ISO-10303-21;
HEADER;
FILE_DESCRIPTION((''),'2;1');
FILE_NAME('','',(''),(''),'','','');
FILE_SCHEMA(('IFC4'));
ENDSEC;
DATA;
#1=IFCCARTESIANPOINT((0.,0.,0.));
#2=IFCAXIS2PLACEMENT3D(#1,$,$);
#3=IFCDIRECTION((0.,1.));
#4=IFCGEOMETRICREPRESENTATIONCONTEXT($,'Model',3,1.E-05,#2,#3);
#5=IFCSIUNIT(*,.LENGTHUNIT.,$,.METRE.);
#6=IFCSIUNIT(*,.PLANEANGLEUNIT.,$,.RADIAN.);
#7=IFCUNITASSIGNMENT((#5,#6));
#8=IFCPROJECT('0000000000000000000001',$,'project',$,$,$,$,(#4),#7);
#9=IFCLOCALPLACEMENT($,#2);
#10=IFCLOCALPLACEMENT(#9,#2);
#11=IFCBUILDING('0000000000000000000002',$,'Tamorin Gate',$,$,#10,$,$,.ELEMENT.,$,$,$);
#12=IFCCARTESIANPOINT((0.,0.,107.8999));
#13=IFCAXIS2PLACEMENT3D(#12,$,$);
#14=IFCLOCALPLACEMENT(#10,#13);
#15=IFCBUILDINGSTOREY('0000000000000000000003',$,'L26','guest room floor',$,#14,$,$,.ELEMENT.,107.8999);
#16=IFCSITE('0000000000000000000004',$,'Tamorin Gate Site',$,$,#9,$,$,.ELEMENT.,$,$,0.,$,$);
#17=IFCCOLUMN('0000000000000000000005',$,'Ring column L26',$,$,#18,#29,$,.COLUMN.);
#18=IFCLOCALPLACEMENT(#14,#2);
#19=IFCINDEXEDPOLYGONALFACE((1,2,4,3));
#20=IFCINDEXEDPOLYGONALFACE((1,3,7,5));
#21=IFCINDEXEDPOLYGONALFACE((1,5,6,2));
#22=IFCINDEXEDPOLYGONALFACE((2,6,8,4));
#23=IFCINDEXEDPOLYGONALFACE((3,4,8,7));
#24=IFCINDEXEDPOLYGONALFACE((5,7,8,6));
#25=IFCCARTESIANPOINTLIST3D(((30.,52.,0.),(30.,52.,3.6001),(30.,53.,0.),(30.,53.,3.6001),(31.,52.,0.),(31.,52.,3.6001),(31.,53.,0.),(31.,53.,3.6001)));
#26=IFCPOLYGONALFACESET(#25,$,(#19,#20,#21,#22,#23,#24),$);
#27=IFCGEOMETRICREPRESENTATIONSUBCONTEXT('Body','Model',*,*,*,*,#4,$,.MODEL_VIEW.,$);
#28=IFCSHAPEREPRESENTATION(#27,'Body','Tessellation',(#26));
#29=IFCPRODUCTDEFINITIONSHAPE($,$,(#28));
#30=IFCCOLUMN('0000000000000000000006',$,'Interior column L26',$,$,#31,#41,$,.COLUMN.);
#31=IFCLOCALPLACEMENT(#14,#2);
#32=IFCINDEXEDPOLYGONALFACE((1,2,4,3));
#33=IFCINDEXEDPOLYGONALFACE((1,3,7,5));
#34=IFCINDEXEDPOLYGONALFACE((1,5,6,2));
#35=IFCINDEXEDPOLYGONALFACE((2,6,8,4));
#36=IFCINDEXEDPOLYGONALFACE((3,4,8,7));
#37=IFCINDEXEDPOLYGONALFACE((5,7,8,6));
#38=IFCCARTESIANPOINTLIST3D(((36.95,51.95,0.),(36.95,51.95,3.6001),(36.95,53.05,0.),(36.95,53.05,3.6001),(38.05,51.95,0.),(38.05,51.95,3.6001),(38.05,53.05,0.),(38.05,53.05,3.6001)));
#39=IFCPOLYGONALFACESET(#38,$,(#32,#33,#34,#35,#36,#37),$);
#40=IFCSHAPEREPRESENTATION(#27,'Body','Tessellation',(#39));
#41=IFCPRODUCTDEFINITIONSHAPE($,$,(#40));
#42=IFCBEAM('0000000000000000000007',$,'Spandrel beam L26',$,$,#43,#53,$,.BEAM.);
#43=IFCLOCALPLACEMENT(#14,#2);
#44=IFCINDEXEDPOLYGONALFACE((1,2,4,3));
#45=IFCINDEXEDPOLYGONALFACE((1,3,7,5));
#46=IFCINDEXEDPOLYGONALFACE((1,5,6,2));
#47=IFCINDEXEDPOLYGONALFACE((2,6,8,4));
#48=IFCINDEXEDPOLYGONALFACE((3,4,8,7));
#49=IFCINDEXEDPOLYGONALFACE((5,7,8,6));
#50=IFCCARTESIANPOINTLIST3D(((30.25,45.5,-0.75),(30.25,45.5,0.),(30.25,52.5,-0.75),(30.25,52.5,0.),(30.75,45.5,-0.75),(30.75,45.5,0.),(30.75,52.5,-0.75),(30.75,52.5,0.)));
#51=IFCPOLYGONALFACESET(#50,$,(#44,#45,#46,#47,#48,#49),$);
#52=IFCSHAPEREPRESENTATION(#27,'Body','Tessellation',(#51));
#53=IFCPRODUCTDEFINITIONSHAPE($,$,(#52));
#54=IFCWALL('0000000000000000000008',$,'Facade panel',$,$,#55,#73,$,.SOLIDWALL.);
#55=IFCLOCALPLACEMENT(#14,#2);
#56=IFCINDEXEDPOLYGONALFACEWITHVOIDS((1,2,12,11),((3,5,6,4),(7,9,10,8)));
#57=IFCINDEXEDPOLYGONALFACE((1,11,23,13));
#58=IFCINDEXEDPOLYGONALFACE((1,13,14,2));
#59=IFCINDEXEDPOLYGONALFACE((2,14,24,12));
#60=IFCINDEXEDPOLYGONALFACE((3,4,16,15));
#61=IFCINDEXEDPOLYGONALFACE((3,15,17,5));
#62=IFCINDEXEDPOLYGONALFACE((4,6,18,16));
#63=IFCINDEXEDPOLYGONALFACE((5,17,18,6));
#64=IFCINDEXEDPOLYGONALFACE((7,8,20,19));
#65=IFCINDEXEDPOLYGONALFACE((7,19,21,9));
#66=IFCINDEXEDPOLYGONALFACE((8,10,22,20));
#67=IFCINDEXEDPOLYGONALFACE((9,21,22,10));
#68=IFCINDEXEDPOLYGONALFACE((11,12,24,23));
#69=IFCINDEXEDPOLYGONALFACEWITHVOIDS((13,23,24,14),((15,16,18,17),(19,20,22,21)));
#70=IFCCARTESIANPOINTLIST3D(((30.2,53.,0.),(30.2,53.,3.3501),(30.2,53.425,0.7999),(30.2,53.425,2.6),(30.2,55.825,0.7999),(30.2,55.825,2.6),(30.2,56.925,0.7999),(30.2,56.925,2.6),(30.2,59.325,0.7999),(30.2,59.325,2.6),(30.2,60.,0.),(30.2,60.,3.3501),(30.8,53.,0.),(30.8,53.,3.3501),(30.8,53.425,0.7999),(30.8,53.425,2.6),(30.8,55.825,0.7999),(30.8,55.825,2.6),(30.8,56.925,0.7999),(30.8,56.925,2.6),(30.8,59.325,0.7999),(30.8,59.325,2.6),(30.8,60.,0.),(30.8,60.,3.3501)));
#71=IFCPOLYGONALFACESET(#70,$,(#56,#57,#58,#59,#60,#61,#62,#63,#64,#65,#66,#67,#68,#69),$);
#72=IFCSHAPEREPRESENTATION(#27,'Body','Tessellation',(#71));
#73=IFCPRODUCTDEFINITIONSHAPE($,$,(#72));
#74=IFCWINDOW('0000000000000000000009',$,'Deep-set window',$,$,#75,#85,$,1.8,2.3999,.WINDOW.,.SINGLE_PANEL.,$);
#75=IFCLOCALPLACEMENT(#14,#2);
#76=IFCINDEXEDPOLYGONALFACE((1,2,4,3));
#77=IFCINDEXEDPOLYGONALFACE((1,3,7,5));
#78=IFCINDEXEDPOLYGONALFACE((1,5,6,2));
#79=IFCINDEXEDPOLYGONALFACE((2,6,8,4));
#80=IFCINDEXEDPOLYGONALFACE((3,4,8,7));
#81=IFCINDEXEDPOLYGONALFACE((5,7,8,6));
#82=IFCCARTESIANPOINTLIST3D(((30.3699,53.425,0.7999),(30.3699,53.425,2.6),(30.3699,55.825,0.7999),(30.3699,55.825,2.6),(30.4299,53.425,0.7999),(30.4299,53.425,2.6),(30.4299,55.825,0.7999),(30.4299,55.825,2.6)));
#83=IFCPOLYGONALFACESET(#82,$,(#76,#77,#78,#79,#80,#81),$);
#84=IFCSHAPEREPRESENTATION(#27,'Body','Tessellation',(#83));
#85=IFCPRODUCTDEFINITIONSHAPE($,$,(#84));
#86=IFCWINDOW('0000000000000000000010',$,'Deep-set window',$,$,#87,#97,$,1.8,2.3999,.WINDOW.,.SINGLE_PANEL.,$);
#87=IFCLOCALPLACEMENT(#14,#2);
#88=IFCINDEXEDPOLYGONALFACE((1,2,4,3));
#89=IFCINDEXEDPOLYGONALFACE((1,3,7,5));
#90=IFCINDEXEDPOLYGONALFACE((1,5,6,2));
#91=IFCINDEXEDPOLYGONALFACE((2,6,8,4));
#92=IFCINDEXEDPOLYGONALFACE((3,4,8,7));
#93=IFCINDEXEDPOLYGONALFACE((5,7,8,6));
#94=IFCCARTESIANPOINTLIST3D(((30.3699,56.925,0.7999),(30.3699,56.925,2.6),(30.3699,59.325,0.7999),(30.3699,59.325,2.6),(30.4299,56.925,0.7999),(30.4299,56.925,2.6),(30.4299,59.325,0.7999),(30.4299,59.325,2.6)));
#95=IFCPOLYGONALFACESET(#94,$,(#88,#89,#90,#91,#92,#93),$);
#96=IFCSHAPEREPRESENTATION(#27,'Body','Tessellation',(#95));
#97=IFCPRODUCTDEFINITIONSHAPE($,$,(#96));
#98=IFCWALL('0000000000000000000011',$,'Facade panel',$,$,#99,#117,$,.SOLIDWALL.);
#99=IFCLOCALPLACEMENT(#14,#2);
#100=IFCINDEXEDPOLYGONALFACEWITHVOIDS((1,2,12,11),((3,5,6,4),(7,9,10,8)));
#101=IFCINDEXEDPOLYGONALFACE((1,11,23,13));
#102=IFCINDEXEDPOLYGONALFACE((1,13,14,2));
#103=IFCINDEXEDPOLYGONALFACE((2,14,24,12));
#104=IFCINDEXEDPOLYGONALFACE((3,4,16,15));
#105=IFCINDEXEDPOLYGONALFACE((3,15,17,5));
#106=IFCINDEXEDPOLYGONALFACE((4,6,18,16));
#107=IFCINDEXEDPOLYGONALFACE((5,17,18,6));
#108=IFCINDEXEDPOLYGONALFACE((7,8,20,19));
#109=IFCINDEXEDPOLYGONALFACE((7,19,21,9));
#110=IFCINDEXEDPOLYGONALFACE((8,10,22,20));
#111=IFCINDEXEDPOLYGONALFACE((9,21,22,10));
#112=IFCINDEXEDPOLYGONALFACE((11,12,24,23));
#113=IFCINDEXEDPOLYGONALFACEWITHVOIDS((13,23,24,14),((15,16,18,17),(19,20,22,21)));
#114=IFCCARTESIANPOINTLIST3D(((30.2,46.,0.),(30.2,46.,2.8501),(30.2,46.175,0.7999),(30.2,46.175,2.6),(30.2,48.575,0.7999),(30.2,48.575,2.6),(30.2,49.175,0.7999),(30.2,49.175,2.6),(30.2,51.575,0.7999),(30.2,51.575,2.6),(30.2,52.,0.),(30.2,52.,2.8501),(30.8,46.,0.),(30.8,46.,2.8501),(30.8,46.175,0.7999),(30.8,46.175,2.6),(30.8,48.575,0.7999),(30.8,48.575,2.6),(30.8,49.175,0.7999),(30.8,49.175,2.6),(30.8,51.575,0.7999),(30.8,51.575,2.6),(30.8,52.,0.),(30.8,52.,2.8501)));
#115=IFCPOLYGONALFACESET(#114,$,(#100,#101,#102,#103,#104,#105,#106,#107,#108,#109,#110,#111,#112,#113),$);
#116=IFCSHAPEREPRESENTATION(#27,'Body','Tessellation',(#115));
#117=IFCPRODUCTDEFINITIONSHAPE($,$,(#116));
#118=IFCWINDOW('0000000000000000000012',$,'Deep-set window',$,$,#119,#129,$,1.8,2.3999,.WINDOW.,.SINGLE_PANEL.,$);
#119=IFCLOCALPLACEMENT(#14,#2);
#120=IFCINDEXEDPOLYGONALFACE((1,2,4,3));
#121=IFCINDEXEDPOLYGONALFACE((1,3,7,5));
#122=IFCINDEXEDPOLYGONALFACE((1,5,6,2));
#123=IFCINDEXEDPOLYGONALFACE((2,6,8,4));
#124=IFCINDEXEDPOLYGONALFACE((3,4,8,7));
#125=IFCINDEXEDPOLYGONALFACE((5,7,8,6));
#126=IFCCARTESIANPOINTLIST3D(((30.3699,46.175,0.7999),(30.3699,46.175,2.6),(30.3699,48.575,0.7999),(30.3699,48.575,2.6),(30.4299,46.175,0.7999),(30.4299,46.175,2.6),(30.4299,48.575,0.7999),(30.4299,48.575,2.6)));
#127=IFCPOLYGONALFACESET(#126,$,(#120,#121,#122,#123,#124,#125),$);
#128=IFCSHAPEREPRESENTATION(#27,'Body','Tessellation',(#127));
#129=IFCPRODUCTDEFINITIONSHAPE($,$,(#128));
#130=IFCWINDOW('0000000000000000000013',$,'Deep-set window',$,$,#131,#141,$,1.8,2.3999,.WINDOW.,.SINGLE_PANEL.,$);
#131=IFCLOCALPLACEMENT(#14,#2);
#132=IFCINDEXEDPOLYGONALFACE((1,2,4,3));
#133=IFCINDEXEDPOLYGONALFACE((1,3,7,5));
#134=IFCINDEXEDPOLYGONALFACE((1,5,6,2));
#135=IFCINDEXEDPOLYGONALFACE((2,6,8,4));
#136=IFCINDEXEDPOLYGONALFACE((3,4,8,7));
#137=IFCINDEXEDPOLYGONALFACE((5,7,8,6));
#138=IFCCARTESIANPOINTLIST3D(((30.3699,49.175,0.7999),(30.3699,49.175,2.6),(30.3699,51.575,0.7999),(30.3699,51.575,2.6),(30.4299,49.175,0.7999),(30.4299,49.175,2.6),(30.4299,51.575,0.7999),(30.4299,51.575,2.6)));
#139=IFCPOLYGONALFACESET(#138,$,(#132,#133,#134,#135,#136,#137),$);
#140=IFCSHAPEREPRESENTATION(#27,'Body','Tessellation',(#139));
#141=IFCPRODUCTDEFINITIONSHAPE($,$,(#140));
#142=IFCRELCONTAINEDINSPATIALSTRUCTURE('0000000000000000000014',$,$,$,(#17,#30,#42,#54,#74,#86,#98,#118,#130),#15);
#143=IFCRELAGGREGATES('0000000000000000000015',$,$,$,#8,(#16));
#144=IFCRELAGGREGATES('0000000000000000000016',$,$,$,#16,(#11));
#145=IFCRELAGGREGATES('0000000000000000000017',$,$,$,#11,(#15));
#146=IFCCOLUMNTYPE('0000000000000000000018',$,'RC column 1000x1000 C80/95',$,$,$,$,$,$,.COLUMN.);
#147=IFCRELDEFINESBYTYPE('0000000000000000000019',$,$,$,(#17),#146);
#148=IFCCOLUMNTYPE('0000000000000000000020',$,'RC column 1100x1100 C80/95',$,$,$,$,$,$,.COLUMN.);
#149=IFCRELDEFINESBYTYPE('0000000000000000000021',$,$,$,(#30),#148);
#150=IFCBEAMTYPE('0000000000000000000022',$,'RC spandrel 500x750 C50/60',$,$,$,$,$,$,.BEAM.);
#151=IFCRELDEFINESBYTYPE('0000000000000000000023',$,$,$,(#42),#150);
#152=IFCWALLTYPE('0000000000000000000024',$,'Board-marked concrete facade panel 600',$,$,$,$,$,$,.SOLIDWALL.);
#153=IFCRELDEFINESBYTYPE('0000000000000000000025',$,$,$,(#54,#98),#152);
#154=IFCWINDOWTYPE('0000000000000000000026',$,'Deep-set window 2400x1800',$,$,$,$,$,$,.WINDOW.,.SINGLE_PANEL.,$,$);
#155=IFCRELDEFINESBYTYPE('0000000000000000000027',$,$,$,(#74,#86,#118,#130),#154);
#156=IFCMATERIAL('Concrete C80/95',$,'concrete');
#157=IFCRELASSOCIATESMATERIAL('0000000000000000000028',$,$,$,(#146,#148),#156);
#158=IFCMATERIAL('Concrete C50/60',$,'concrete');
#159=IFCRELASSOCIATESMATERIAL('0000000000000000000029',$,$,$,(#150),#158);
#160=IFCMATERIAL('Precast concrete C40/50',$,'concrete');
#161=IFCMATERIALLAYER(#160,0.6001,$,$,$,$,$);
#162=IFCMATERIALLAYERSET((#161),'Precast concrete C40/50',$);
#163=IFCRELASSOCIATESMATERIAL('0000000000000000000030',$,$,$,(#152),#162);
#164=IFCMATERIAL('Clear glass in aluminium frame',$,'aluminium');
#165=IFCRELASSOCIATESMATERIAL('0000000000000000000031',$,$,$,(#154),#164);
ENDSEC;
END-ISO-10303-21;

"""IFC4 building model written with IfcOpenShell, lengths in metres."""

from ifc_helpers import new_model, si_unit, direction, frame, frame_2d, origin, origin_2d, place, context, subcontext, project, spatial, rectangle, extrude, material, layer, layer_set, material_profile, profile_set, type_object, element, fill, save


model = new_model("IFC4")

# Units and contexts
model_context = context("Model", 3, precision=1e-05, world=origin(), true_north=direction((0.0, 1.0)))
body_context = subcontext(model_context, "Body", "Model", "MODEL_VIEW")
ifc_project = project(units=[si_unit("LENGTHUNIT", "METRE"), si_unit("PLANEANGLEUNIT", "RADIAN")], contexts=[model_context])

# Site, building, storey
site_placement = place(None, origin())
site = spatial("IfcSite", under=ifc_project, at=site_placement, Name="Tamorin Gate Site", CompositionType="ELEMENT", RefElevation=0.0)
building_placement = place(site_placement, origin())
building = spatial("IfcBuilding", under=site, at=building_placement, Name="Tamorin Gate", CompositionType="ELEMENT")
storey_placement = place(building_placement, frame((0.0, 0.0, 107.8999)))
storey = spatial("IfcBuildingStorey", under=building, at=storey_placement, Name="L26", Description="guest room floor", CompositionType="ELEMENT", Elevation=107.8999)

# Columns
ifc_material_1 = material(Name="Concrete C80/95", Category="concrete")
ifc_material_profile_1 = material_profile(ifc_material_1, rectangle(XDim=1.0, YDim=1.0, at=origin_2d()), Name="RC 1000x1000")
ifc_profile_set_1 = profile_set([ifc_material_profile_1], Name="Concrete C80/95")
column_type_1 = type_object("IfcColumnType", Name="RC column 1000x1000 C80/95", PredefinedType="COLUMN", material=ifc_profile_set_1)
column_1_placement = place(storey_placement, frame((30.5, 52.5, 0.0), z_axis=(0.0, 0.0, 1.0), x_axis=(1.0, 0.0, 0.0)))
element("IfcColumn", 1, at=column_1_placement, inside=storey, type_object=column_type_1, Name="Ring column L26", PredefinedType="COLUMN", context=body_context, shape_type="SweptSolid", body=[
    extrude(rectangle(XDim=1.0, YDim=1.0, at=origin_2d()), origin(), (0.0, 0.0, 1.0), 3.6001),
])
ifc_material_profile_2 = material_profile(ifc_material_1, rectangle(XDim=1.1001, YDim=1.1001, at=origin_2d()), Name="RC 1100x1100")
ifc_profile_set_2 = profile_set([ifc_material_profile_2], Name="Concrete C80/95")
column_type_2 = type_object("IfcColumnType", Name="RC column 1100x1100 C80/95", PredefinedType="COLUMN", material=ifc_profile_set_2)
column_2_placement = place(storey_placement, frame((37.5, 52.5, 0.0), z_axis=(0.0, 0.0, 1.0), x_axis=(1.0, 0.0, 0.0)))
element("IfcColumn", 2, at=column_2_placement, inside=storey, type_object=column_type_2, Name="Interior column L26", PredefinedType="COLUMN", context=body_context, shape_type="SweptSolid", body=[
    extrude(rectangle(XDim=1.1001, YDim=1.1001, at=origin_2d()), origin(), (0.0, 0.0, 1.0), 3.6001),
])

# Beam
ifc_material_2 = material(Name="Concrete C50/60", Category="concrete")
ifc_material_profile_3 = material_profile(ifc_material_2, rectangle(XDim=0.5, YDim=0.75, at=origin_2d()), Name="RC 500x750")
ifc_profile_set_3 = profile_set([ifc_material_profile_3], Name="Concrete C50/60")
beam_type = type_object("IfcBeamType", Name="RC spandrel 500x750 C50/60", PredefinedType="BEAM", material=ifc_profile_set_3)
beam_placement = place(storey_placement, frame((30.5, 52.5, -0.375), z_axis=(0.0, -1.0, 0.0), x_axis=(1.0, 0.0, 0.0)))
element("IfcBeam", 3, at=beam_placement, inside=storey, type_object=beam_type, Name="Spandrel beam L26", PredefinedType="BEAM", context=body_context, shape_type="SweptSolid", body=[
    extrude(rectangle(XDim=0.5, YDim=0.75, at=origin_2d()), origin(), (0.0, 0.0, 1.0), 7.0),
])

# Walls, openings, windows
ifc_material_3 = material(Name="Precast concrete C40/50", Category="concrete")
ifc_layer_1 = layer(ifc_material_3, 0.6001)
ifc_layer_set_1 = layer_set([ifc_layer_1], Name="Precast concrete C40/50")
wall_type_1 = type_object("IfcWallType", Name="Board-marked concrete facade panel 600", PredefinedType="SOLIDWALL", material=ifc_layer_set_1)
wall_1_placement = place(storey_placement, frame((30.5, 60.0, 0.0), z_axis=(0.0, 0.0, 1.0), x_axis=(0.0, -1.0, 0.0)))
wall_1 = element("IfcWall", 4, at=wall_1_placement, inside=storey, type_object=wall_type_1, Name="Facade panel", PredefinedType="SOLIDWALL", context=body_context, shape_type="SweptSolid", body=[
    extrude(rectangle(XDim=7.0, YDim=0.6001, at=frame_2d((3.5, 0.0))), origin(), (0.0, 0.0, 1.0), 3.3501),
])
opening_1_placement = place(wall_1_placement, frame((4.175, 0.0, 0.8)))
opening_1 = element("IfcOpeningElement", 5, at=opening_1_placement, cuts=wall_1, PredefinedType="OPENING", context=body_context, shape_type="SweptSolid", body=[
    extrude(rectangle(XDim=2.3999, YDim=1.8, at=frame_2d((1.2, 0.8999))), frame((0.0, 0.3101, 0.0), z_axis=(0.0, -1.0, 0.0), x_axis=(1.0, 0.0, 0.0)), (0.0, 0.0, 1.0), 0.6201),
])
opening_2_placement = place(wall_1_placement, frame((0.675, 0.0, 0.8)))
opening_2 = element("IfcOpeningElement", 6, at=opening_2_placement, cuts=wall_1, PredefinedType="OPENING", context=body_context, shape_type="SweptSolid", body=[
    extrude(rectangle(XDim=2.3999, YDim=1.8, at=frame_2d((1.2, 0.8999))), frame((0.0, 0.3101, 0.0), z_axis=(0.0, -1.0, 0.0), x_axis=(1.0, 0.0, 0.0)), (0.0, 0.0, 1.0), 0.6201),
])
ifc_material_4 = material(Name="Clear glass in aluminium frame", Category="aluminium")
window_type = type_object("IfcWindowType", Name="Deep-set window 2400x1800", PartitioningType="SINGLE_PANEL", PredefinedType="WINDOW", material=ifc_material_4)
window_1_placement = place(opening_1_placement, origin())
window_1 = element("IfcWindow", 7, at=window_1_placement, inside=storey, type_object=window_type, Name="Deep-set window", OverallHeight=1.8, OverallWidth=2.3999, PartitioningType="SINGLE_PANEL", PredefinedType="WINDOW", context=body_context, shape_type="SweptSolid", body=[
    extrude(rectangle(XDim=2.3999, YDim=1.8, at=frame_2d((1.2, 0.8999))), frame((0.0, -0.0701, 0.0), z_axis=(0.0, -1.0, 0.0), x_axis=(1.0, 0.0, 0.0)), (0.0, 0.0, 1.0), 0.0601),
])
fill(opening_1, window_1)
window_2_placement = place(opening_2_placement, origin())
window_2 = element("IfcWindow", 8, at=window_2_placement, inside=storey, type_object=window_type, Name="Deep-set window", OverallHeight=1.8, OverallWidth=2.3999, PartitioningType="SINGLE_PANEL", PredefinedType="WINDOW", context=body_context, shape_type="SweptSolid", body=[
    extrude(rectangle(XDim=2.3999, YDim=1.8, at=frame_2d((1.2, 0.8999))), frame((0.0, -0.0701, 0.0), z_axis=(0.0, -1.0, 0.0), x_axis=(1.0, 0.0, 0.0)), (0.0, 0.0, 1.0), 0.0601),
])
fill(opening_2, window_2)
wall_2_placement = place(storey_placement, frame((30.5, 52.0, 0.0), z_axis=(0.0, 0.0, 1.0), x_axis=(0.0, -1.0, 0.0)))
wall_2 = element("IfcWall", 9, at=wall_2_placement, inside=storey, type_object=wall_type_1, Name="Facade panel", PredefinedType="SOLIDWALL", context=body_context, shape_type="SweptSolid", body=[
    extrude(rectangle(XDim=6.0, YDim=0.6001, at=frame_2d((3.0, 0.0))), origin(), (0.0, 0.0, 1.0), 2.8501),
])
opening_3_placement = place(wall_2_placement, frame((3.425, 0.0, 0.8)))
opening_3 = element("IfcOpeningElement", 10, at=opening_3_placement, cuts=wall_2, PredefinedType="OPENING", context=body_context, shape_type="SweptSolid", body=[
    extrude(rectangle(XDim=2.3999, YDim=1.8, at=frame_2d((1.2, 0.8999))), frame((0.0, 0.3101, 0.0), z_axis=(0.0, -1.0, 0.0), x_axis=(1.0, 0.0, 0.0)), (0.0, 0.0, 1.0), 0.6201),
])
opening_4_placement = place(wall_2_placement, frame((0.425, 0.0, 0.8)))
opening_4 = element("IfcOpeningElement", 11, at=opening_4_placement, cuts=wall_2, PredefinedType="OPENING", context=body_context, shape_type="SweptSolid", body=[
    extrude(rectangle(XDim=2.3999, YDim=1.8, at=frame_2d((1.2, 0.8999))), frame((0.0, 0.3101, 0.0), z_axis=(0.0, -1.0, 0.0), x_axis=(1.0, 0.0, 0.0)), (0.0, 0.0, 1.0), 0.6201),
])
window_3_placement = place(opening_3_placement, origin())
window_3 = element("IfcWindow", 12, at=window_3_placement, inside=storey, type_object=window_type, Name="Deep-set window", OverallHeight=1.8, OverallWidth=2.3999, PartitioningType="SINGLE_PANEL", PredefinedType="WINDOW", context=body_context, shape_type="SweptSolid", body=[
    extrude(rectangle(XDim=2.3999, YDim=1.8, at=frame_2d((1.2, 0.8999))), frame((0.0, -0.0701, 0.0), z_axis=(0.0, -1.0, 0.0), x_axis=(1.0, 0.0, 0.0)), (0.0, 0.0, 1.0), 0.0601),
])
fill(opening_3, window_3)
window_4_placement = place(opening_4_placement, origin())
window_4 = element("IfcWindow", 13, at=window_4_placement, inside=storey, type_object=window_type, Name="Deep-set window", OverallHeight=1.8, OverallWidth=2.3999, PartitioningType="SINGLE_PANEL", PredefinedType="WINDOW", context=body_context, shape_type="SweptSolid", body=[
    extrude(rectangle(XDim=2.3999, YDim=1.8, at=frame_2d((1.2, 0.8999))), frame((0.0, -0.0701, 0.0), z_axis=(0.0, -1.0, 0.0), x_axis=(1.0, 0.0, 0.0)), (0.0, 0.0, 1.0), 0.0601),
])
fill(opening_4, window_4)

save(model, "model.ifc")
